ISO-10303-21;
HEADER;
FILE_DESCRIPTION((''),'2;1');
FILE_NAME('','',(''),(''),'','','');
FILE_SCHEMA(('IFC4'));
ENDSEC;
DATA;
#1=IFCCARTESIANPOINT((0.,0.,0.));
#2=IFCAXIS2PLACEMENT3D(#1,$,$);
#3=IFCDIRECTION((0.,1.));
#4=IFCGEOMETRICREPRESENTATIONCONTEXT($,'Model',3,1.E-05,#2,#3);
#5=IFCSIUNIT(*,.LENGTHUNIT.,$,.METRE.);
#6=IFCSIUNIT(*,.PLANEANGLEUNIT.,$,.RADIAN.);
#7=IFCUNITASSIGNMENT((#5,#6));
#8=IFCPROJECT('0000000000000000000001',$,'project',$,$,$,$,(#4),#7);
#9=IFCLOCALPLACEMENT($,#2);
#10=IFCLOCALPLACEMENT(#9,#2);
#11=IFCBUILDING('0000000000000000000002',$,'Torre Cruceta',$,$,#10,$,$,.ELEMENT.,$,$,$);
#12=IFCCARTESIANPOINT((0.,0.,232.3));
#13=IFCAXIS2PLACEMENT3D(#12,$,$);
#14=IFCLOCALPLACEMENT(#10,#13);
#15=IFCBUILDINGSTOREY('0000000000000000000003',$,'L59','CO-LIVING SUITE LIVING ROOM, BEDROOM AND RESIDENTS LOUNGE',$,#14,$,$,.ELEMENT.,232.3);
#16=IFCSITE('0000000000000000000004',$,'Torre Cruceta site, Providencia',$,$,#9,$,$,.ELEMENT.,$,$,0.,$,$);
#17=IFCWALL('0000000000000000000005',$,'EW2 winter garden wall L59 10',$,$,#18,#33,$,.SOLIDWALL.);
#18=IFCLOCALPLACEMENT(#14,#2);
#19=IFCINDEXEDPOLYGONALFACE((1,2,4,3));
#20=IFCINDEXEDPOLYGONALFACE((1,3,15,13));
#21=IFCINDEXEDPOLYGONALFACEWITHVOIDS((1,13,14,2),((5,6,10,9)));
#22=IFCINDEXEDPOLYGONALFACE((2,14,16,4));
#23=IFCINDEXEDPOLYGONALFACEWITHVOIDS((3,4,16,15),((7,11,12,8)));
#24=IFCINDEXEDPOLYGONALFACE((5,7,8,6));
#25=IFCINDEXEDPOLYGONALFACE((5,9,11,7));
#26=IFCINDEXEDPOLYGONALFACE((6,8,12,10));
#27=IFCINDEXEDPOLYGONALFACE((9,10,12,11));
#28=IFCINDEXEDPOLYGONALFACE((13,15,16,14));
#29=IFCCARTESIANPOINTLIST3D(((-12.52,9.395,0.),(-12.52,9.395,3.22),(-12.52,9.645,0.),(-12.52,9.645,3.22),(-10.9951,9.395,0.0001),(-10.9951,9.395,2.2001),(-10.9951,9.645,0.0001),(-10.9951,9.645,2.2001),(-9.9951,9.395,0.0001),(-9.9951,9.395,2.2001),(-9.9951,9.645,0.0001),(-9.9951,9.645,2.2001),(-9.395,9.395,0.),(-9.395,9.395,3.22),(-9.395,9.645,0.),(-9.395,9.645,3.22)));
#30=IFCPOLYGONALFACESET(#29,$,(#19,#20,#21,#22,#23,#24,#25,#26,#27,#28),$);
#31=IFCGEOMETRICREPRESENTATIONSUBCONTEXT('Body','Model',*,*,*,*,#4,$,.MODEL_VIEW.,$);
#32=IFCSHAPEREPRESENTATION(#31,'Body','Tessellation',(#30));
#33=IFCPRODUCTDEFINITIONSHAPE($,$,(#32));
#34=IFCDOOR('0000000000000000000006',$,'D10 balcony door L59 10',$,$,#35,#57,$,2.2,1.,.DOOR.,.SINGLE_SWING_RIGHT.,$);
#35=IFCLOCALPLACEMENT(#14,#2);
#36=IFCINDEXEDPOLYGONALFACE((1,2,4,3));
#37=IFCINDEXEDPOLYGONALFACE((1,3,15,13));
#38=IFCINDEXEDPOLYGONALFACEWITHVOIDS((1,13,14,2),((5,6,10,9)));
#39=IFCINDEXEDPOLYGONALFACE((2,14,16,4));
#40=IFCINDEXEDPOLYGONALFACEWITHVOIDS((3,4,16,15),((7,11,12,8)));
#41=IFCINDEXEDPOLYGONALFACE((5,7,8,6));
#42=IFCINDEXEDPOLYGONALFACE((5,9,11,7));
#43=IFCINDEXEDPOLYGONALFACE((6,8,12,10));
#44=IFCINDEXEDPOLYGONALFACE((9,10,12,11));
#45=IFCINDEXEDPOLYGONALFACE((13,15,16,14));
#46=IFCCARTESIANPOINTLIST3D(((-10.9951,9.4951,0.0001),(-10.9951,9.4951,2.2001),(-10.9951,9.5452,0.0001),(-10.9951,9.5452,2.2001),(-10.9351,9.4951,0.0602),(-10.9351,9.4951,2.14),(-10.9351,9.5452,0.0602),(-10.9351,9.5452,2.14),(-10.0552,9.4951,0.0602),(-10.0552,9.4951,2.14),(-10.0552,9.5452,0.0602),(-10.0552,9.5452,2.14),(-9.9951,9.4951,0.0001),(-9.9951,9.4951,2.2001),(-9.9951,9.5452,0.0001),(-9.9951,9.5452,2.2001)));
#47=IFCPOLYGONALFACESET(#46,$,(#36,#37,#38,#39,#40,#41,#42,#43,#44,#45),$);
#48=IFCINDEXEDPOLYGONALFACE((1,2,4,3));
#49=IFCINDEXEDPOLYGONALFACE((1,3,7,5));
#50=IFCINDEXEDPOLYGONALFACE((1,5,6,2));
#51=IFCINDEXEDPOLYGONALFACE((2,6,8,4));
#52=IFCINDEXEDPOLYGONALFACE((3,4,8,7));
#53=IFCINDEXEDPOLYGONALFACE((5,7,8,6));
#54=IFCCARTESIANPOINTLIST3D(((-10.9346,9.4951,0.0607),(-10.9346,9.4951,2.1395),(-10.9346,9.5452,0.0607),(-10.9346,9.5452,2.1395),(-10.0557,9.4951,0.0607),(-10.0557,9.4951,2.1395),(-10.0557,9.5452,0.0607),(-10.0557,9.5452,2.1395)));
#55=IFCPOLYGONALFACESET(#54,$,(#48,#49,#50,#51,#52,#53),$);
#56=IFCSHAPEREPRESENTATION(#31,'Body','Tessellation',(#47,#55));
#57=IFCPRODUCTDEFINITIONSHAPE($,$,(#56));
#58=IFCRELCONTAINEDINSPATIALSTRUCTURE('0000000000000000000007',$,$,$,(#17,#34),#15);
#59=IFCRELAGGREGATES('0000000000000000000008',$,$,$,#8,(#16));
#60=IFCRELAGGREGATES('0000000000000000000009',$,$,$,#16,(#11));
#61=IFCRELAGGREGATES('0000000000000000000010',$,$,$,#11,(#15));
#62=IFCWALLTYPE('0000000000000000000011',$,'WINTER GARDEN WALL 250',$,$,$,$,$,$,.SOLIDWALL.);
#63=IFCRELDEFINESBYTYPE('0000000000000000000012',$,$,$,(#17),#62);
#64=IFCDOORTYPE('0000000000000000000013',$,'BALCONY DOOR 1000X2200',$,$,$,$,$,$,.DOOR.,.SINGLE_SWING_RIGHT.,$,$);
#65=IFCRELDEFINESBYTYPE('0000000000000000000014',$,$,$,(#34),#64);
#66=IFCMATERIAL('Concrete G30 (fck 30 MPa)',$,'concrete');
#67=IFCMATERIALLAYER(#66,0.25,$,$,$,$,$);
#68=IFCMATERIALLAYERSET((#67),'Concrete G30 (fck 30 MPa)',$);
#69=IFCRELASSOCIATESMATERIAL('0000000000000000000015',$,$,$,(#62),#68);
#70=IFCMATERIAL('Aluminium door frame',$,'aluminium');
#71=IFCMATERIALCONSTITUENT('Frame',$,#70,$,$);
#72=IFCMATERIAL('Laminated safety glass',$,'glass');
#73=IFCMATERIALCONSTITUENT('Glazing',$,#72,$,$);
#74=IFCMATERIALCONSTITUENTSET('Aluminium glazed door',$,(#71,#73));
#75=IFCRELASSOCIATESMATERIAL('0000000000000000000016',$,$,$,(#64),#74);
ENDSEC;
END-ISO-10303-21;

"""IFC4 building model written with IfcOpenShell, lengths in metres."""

from ifc_helpers import new_model, si_unit, direction, frame, frame_2d, origin, place, context, subcontext, project, spatial, rectangle, hollow_rectangle, extrude, material, layer, layer_set, constituent, constituent_set, type_object, element, fill, save


model = new_model("IFC4")

# Units and contexts
model_context = context("Model", 3, precision=1e-05, world=origin(), true_north=direction((0.0, 1.0)))
body_context = subcontext(model_context, "Body", "Model", "MODEL_VIEW")
ifc_project = project(units=[si_unit("LENGTHUNIT", "METRE"), si_unit("PLANEANGLEUNIT", "RADIAN")], contexts=[model_context])

# Site, building, storey
site_placement = place(None, origin())
site = spatial("IfcSite", under=ifc_project, at=site_placement, Name="Torre Cruceta site, Providencia", CompositionType="ELEMENT", RefElevation=0.0)
building_placement = place(site_placement, origin())
building = spatial("IfcBuilding", under=site, at=building_placement, Name="Torre Cruceta", CompositionType="ELEMENT")
storey_placement = place(building_placement, frame((0.0, 0.0, 232.3)))
storey = spatial("IfcBuildingStorey", under=building, at=storey_placement, Name="L59", Description="CO-LIVING SUITE LIVING ROOM, BEDROOM AND RESIDENTS LOUNGE", CompositionType="ELEMENT", Elevation=232.3)

# Wall, opening, door
ifc_material_1 = material(Name="Concrete G30 (fck 30 MPa)", Category="concrete")
ifc_layer_1 = layer(ifc_material_1, 0.25)
ifc_layer_set_1 = layer_set([ifc_layer_1], Name="Concrete G30 (fck 30 MPa)")
wall_type_1 = type_object("IfcWallType", Name="WINTER GARDEN WALL 250", PredefinedType="SOLIDWALL", material=ifc_layer_set_1)
ifc_material_2 = material(Name="Aluminium door frame", Category="aluminium")
ifc_constituent_1 = constituent(ifc_material_2, Name="Frame")
ifc_material_3 = material(Name="Laminated safety glass", Category="glass")
ifc_constituent_2 = constituent(ifc_material_3, Name="Glazing")
ifc_constituent_set_1 = constituent_set(constituents=[ifc_constituent_1, ifc_constituent_2], Name="Aluminium glazed door")
door_type_1 = type_object("IfcDoorType", Name="BALCONY DOOR 1000X2200", OperationType="SINGLE_SWING_RIGHT", PredefinedType="DOOR", material=ifc_constituent_set_1)
wall_1_placement = place(storey_placement, frame((-9.395, 9.52, 0.0), z_axis=(0.0, 0.0, 1.0), x_axis=(-1.0, 0.0, 0.0)))
wall_1 = element("IfcWall", 1, at=wall_1_placement, inside=storey, type_object=wall_type_1, Name="EW2 winter garden wall L59 10", PredefinedType="SOLIDWALL", context=body_context, shape_type="SweptSolid", body=[
    extrude(rectangle(XDim=3.125, YDim=0.25, at=frame_2d((1.5625, 0.0))), origin(), (0.0, 0.0, 1.0), 3.22),
])
opening_1_placement = place(wall_1_placement, frame((0.6001, 0.0, 0.0)))
opening_1 = element("IfcOpeningElement", 2, at=opening_1_placement, cuts=wall_1, PredefinedType="OPENING", context=body_context, shape_type="SweptSolid", body=[
    extrude(rectangle(XDim=1.0, YDim=2.2, at=frame_2d((0.5, 1.1001))), frame((0.0, 0.135, 0.0), z_axis=(0.0, -1.0, 0.0), x_axis=(1.0, 0.0, 0.0)), (0.0, 0.0, 1.0), 0.27),
])
door_1_placement = place(opening_1_placement, origin())
door_1 = element("IfcDoor", 3, at=door_1_placement, inside=storey, type_object=door_type_1, Name="D10 balcony door L59 10", OperationType="SINGLE_SWING_RIGHT", OverallHeight=2.2, OverallWidth=1.0, PredefinedType="DOOR", context=body_context, shape_type="SweptSolid", body=[
    extrude(hollow_rectangle(XDim=1.0, YDim=2.2, WallThickness=0.0601, at=frame_2d((0.5, 1.1001))), frame((0.0, 0.0249, 0.0), z_axis=(0.0, -1.0, 0.0), x_axis=(1.0, 0.0, 0.0)), (0.0, 0.0, 1.0), 0.05),
    extrude(rectangle(XDim=0.8789, YDim=2.0789, at=frame_2d((0.5, 1.1001))), frame((0.0, 0.0249, 0.0), z_axis=(0.0, -1.0, 0.0), x_axis=(1.0, 0.0, 0.0)), (0.0, 0.0, 1.0), 0.05),
])
fill(opening_1, door_1)

save(model, "model.ifc")
